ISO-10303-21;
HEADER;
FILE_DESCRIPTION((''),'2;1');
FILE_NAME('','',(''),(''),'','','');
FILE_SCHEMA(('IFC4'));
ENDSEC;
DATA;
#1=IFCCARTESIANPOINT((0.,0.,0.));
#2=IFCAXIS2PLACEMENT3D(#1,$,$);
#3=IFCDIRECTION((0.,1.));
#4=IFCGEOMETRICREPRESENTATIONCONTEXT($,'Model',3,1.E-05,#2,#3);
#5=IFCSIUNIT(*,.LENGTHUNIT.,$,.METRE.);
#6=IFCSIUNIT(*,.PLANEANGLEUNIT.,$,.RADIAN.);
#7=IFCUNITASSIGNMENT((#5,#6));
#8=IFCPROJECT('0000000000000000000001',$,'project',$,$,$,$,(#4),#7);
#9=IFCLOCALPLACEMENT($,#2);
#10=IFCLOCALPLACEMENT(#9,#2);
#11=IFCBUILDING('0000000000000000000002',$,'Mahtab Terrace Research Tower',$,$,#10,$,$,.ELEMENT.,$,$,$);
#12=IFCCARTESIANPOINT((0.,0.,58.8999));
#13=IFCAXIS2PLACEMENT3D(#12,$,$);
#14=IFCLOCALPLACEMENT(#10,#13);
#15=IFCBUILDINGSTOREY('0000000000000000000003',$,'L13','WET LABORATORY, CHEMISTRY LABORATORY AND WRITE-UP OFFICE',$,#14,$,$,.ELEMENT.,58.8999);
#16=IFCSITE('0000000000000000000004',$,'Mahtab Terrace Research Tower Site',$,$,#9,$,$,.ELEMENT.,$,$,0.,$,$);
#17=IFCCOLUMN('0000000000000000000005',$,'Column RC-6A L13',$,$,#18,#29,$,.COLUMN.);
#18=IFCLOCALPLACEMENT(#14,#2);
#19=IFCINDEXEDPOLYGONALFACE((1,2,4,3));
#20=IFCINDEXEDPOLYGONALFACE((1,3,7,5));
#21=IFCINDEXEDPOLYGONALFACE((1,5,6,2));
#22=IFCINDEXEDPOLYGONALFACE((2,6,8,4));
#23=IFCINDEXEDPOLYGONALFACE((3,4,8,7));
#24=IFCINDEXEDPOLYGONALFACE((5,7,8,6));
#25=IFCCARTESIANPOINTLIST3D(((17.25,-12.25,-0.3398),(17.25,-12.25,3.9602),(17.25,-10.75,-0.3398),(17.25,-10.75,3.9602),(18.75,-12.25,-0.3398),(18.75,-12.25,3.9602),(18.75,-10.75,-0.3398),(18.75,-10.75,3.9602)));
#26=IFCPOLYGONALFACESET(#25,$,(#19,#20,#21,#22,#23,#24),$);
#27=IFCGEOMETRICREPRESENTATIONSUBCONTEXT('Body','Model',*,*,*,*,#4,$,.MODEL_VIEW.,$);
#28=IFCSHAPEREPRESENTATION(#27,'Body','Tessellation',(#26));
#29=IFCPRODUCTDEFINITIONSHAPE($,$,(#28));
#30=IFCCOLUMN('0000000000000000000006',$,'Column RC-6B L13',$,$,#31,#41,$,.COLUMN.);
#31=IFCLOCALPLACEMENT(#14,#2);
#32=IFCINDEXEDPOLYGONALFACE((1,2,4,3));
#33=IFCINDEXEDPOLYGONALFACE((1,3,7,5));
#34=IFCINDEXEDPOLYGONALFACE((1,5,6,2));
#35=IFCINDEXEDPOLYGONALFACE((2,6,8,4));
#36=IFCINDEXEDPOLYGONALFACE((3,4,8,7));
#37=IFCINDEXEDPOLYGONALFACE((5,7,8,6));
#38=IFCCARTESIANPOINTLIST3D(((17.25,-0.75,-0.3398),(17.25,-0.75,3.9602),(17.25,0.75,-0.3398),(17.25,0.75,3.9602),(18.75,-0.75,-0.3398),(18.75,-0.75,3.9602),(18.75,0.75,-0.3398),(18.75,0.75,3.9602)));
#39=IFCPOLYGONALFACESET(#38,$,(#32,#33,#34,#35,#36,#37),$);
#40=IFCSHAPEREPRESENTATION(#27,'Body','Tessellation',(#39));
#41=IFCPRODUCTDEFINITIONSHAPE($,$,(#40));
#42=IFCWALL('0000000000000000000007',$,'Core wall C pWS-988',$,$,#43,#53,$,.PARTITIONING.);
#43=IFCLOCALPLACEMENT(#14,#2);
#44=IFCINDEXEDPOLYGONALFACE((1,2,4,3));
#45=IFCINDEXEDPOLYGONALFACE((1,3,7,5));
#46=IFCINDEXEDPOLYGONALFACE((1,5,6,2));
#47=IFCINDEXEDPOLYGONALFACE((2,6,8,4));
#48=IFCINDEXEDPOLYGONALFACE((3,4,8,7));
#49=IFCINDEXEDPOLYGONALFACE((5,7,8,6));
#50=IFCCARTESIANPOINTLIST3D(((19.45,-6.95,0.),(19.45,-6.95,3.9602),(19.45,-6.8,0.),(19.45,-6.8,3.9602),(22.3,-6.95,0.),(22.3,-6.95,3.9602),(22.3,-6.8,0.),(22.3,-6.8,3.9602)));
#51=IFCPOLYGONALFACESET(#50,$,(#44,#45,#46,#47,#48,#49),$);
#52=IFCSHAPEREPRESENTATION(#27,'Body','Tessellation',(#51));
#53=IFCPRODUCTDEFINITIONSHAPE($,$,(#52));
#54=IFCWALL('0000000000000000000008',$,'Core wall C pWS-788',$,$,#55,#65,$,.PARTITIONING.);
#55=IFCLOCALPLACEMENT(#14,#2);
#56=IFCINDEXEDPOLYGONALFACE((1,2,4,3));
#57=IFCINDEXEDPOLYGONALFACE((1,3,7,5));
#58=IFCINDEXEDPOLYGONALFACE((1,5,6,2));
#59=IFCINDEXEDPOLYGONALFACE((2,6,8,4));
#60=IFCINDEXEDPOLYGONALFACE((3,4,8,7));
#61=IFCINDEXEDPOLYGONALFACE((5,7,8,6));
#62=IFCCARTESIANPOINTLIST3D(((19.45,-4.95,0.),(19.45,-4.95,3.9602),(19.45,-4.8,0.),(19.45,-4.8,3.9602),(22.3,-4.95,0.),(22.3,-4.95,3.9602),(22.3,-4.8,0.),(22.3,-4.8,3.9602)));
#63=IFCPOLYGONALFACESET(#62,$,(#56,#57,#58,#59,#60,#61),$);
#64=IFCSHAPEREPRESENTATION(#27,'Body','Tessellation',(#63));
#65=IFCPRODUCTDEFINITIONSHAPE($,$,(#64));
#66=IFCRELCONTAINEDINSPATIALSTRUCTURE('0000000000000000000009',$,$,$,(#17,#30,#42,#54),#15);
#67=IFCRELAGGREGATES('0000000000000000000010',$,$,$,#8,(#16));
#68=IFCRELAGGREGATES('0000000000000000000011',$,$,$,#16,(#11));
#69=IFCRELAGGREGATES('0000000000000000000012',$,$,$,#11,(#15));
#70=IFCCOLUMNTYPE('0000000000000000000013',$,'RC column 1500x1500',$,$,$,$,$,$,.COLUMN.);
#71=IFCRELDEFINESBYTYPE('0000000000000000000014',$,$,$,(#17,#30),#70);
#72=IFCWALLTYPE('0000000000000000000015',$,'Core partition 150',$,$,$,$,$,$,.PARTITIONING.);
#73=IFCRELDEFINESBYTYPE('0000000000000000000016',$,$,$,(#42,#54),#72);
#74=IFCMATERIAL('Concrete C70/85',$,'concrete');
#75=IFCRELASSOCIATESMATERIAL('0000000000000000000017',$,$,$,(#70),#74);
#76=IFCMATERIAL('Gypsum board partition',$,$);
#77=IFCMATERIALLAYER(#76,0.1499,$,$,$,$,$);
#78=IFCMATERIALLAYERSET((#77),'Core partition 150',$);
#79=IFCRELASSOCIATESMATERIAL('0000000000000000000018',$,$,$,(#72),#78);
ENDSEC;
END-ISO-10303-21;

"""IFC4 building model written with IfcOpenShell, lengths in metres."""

from ifc_helpers import new_model, si_unit, direction, frame, frame_2d, origin, origin_2d, place, context, subcontext, project, spatial, rectangle, extrude, material, layer, layer_set, material_profile, profile_set, type_object, element, save


model = new_model("IFC4")

# Units and contexts
model_context = context("Model", 3, precision=1e-05, world=origin(), true_north=direction((0.0, 1.0)))
body_context = subcontext(model_context, "Body", "Model", "MODEL_VIEW")
ifc_project = project(units=[si_unit("LENGTHUNIT", "METRE"), si_unit("PLANEANGLEUNIT", "RADIAN")], contexts=[model_context])

# Site, building, storey
site_placement = place(None, origin())
site = spatial("IfcSite", under=ifc_project, at=site_placement, Name="Mahtab Terrace Research Tower Site", CompositionType="ELEMENT", RefElevation=0.0)
building_placement = place(site_placement, origin())
building = spatial("IfcBuilding", under=site, at=building_placement, Name="Mahtab Terrace Research Tower", CompositionType="ELEMENT")
storey_placement = place(building_placement, frame((0.0, 0.0, 58.8999)))
storey = spatial("IfcBuildingStorey", under=building, at=storey_placement, Name="L13", Description="WET LABORATORY, CHEMISTRY LABORATORY AND WRITE-UP OFFICE", CompositionType="ELEMENT", Elevation=58.8999)

# Columns
ifc_material_1 = material(Name="Concrete C70/85", Category="concrete")
ifc_material_profile = material_profile(ifc_material_1, rectangle(XDim=1.5, YDim=1.5, at=origin_2d()), Name="RC column 1500x1500")
ifc_profile_set = profile_set([ifc_material_profile], Name="Concrete C70/85")
column_type = type_object("IfcColumnType", Name="RC column 1500x1500", PredefinedType="COLUMN", material=ifc_profile_set)
for number, where, z_axis, x_axis, name in (
    (1, (18.0, -11.5, -0.3398), (0.0, 0.0, 1.0), (1.0, 0.0, 0.0), "Column RC-6A L13"),
    (2, (18.0, 0.0, -0.3398), (0.0, 0.0, 1.0), (1.0, 0.0, 0.0), "Column RC-6B L13"),
):
    element("IfcColumn", number, at=place(storey_placement, frame(where, z_axis=z_axis, x_axis=x_axis)), inside=storey, type_object=column_type, Name=name, PredefinedType="COLUMN", context=body_context, shape_type="SweptSolid", body=[
        extrude(rectangle(XDim=1.5, YDim=1.5, at=origin_2d()), origin(), (0.0, 0.0, 1.0), 4.3),
    ])

# Walls
ifc_material_2 = material(Name="Gypsum board partition")
ifc_layer_1 = layer(ifc_material_2, 0.1499)
ifc_layer_set_1 = layer_set([ifc_layer_1], Name="Core partition 150")
wall_type_1 = type_object("IfcWallType", Name="Core partition 150", PredefinedType="PARTITIONING", material=ifc_layer_set_1)
for number, where, z_axis, x_axis, name in (
    (3, (19.45, -6.875, 0.0), (0.0, 0.0, 1.0), (1.0, 0.0, 0.0), "Core wall C pWS-988"),
    (4, (19.45, -4.875, 0.0), (0.0, 0.0, 1.0), (1.0, 0.0, 0.0), "Core wall C pWS-788"),
):
    element("IfcWall", number, at=place(storey_placement, frame(where, z_axis=z_axis, x_axis=x_axis)), inside=storey, type_object=wall_type_1, Name=name, PredefinedType="PARTITIONING", context=body_context, shape_type="SweptSolid", body=[
        extrude(rectangle(XDim=2.8501, YDim=0.1499, at=frame_2d((1.425, 0.0))), origin(), (0.0, 0.0, 1.0), 3.9602),
    ])

save(model, "model.ifc")
